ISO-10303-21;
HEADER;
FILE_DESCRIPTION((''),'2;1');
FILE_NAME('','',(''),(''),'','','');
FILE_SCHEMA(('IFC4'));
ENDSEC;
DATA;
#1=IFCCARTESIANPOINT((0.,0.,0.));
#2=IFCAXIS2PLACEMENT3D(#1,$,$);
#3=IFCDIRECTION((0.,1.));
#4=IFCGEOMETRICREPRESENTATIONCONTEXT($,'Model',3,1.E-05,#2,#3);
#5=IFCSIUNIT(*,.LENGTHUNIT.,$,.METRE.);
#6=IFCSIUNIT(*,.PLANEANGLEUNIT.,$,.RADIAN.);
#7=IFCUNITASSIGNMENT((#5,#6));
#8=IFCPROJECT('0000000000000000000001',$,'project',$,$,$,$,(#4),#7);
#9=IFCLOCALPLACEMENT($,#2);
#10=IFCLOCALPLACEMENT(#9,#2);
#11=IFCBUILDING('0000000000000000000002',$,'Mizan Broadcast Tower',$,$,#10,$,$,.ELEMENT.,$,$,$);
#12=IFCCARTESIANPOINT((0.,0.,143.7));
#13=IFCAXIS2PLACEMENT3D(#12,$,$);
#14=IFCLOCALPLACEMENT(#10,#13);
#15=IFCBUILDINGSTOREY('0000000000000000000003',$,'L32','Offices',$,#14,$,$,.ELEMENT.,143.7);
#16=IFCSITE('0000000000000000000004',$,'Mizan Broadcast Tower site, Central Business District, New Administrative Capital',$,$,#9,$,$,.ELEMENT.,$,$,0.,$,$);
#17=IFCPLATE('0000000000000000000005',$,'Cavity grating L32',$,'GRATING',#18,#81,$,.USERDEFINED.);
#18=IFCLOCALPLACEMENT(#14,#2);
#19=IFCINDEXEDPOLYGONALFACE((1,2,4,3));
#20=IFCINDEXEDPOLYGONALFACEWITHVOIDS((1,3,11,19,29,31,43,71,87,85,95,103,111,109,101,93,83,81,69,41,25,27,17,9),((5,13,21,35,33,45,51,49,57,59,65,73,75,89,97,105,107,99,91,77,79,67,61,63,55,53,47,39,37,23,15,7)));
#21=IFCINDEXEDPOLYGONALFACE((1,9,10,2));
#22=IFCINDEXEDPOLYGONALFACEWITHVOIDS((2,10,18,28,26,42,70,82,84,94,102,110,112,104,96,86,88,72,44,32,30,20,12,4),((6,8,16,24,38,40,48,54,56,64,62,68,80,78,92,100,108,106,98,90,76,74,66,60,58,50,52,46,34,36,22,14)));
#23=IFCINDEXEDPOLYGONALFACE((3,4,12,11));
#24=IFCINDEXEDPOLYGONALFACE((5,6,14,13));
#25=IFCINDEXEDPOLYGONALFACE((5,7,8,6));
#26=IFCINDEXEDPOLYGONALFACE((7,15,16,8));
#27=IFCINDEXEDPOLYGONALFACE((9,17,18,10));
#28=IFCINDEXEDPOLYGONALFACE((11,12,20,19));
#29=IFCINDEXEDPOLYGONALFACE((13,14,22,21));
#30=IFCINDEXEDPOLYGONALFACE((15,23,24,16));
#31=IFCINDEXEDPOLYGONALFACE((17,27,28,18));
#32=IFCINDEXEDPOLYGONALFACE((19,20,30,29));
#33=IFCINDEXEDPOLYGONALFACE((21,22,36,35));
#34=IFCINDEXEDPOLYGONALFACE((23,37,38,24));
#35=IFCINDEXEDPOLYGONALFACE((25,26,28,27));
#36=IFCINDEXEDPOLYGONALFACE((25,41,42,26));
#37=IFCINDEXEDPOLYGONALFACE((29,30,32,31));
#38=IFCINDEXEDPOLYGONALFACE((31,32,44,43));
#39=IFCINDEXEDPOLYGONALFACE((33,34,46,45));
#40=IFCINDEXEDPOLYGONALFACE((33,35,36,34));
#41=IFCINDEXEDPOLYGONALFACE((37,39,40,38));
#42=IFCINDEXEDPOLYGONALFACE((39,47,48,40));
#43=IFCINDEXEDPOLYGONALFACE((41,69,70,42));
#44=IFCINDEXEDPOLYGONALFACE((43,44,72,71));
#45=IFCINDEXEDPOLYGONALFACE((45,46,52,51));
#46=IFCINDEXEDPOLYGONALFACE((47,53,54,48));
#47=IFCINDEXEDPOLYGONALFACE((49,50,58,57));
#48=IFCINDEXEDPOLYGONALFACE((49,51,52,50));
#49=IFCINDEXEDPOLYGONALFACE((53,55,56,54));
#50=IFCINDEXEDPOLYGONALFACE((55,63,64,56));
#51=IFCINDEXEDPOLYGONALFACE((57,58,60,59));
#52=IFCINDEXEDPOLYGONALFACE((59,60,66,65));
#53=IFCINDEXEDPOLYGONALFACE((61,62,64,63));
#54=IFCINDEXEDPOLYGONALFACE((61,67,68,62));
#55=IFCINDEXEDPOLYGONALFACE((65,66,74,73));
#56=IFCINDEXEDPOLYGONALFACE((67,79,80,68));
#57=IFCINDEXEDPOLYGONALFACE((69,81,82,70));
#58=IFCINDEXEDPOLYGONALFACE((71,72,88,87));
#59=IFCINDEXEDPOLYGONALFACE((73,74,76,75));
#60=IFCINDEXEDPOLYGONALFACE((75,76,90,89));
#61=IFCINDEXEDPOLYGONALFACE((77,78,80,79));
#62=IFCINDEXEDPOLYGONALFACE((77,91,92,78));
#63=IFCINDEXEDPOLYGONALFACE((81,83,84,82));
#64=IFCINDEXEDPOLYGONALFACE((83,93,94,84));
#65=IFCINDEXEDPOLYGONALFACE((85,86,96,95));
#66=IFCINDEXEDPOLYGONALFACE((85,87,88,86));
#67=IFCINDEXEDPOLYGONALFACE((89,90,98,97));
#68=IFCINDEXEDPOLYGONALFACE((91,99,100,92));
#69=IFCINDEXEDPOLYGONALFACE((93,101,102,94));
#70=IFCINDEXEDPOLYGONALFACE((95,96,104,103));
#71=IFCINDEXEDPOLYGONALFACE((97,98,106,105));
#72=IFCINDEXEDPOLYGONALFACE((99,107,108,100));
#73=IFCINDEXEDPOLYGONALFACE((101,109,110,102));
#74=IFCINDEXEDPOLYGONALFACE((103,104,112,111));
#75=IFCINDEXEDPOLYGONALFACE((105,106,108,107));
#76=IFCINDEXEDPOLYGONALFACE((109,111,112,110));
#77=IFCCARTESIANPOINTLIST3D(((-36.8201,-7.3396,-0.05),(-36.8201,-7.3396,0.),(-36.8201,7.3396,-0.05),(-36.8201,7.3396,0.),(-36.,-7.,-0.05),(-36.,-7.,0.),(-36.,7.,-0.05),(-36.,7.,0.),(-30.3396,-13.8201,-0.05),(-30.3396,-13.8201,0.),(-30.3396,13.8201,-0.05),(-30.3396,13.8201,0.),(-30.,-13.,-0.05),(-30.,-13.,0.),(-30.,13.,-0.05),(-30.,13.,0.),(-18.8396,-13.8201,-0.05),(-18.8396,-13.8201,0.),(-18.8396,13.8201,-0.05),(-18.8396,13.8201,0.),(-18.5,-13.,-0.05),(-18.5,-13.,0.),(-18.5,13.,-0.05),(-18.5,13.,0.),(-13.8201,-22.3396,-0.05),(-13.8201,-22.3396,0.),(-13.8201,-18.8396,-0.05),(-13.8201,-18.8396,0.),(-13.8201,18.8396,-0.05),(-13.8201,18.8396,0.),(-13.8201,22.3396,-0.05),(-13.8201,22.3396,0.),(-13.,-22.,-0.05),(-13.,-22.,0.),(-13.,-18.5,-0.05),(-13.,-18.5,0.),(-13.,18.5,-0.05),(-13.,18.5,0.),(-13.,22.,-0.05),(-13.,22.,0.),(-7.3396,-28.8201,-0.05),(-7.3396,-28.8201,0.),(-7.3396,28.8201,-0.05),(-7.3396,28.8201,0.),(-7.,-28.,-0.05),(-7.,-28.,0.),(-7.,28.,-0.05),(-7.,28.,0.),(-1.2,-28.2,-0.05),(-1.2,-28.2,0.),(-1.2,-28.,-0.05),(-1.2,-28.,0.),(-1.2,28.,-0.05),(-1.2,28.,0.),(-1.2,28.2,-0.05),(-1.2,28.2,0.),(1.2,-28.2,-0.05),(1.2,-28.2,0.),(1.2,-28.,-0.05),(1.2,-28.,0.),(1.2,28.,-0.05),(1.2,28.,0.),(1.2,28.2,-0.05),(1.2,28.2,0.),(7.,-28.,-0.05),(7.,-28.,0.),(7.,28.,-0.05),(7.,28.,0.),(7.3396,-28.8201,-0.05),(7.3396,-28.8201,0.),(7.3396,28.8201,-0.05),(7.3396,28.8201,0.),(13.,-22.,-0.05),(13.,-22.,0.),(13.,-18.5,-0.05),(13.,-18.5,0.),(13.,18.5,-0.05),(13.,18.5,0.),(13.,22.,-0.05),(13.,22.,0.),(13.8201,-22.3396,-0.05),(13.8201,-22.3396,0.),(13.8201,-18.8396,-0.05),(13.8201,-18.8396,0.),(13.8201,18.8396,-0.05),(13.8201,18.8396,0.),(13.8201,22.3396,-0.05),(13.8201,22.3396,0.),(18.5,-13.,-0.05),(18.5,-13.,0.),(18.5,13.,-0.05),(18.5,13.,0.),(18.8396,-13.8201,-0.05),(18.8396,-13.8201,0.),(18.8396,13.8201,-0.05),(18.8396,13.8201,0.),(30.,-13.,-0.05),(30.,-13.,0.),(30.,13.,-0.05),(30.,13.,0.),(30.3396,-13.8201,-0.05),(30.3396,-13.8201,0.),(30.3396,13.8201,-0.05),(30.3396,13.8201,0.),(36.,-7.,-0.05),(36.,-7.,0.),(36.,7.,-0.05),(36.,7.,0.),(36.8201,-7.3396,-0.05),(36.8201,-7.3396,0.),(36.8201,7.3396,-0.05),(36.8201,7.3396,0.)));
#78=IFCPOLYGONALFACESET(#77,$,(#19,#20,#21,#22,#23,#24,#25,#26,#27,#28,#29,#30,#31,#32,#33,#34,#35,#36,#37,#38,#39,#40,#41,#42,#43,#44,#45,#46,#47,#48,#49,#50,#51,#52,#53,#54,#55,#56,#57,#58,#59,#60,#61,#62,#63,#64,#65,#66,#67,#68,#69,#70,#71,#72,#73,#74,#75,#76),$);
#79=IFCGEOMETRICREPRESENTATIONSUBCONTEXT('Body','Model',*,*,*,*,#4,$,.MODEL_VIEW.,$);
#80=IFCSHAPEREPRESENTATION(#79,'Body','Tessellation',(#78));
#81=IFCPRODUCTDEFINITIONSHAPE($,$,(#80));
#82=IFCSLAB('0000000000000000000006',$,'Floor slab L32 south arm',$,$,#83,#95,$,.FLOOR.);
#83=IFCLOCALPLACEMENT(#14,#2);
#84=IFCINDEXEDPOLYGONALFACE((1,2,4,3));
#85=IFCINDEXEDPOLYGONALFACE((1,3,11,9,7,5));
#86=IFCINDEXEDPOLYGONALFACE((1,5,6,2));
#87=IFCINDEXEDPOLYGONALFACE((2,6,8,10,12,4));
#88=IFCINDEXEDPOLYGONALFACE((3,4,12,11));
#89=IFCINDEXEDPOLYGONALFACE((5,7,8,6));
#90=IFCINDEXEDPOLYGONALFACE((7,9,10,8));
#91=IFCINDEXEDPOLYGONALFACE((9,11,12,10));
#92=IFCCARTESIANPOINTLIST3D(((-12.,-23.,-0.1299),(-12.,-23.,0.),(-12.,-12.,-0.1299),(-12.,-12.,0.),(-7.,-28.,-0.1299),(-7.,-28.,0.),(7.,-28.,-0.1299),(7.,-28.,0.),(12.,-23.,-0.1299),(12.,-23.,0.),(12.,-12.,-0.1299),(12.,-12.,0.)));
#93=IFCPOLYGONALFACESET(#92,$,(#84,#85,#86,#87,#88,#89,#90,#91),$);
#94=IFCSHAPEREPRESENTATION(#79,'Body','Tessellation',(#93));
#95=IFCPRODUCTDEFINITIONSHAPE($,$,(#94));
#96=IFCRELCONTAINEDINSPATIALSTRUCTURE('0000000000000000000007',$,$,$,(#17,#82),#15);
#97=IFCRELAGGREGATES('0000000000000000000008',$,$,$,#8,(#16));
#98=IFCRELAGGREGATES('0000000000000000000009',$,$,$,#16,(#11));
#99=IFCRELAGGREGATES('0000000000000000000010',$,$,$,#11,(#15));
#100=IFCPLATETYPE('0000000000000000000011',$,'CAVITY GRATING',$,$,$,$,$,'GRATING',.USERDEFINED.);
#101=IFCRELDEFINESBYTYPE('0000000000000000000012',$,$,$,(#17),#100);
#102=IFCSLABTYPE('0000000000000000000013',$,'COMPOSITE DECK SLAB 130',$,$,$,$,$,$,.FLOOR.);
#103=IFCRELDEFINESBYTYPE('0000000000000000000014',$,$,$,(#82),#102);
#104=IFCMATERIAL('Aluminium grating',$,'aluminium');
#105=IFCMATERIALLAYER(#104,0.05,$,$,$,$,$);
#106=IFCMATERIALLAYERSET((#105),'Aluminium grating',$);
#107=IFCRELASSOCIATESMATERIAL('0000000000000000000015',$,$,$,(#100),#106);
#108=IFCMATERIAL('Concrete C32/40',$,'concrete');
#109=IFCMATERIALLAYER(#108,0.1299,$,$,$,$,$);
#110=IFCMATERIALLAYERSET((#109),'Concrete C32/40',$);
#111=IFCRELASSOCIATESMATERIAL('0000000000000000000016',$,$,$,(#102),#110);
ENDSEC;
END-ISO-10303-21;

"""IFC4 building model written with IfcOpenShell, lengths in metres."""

from ifc_helpers import new_model, si_unit, direction, frame, origin, place, context, subcontext, project, spatial, polyline, outline, extrude, material, layer, layer_set, type_object, element, save


model = new_model("IFC4")

# Units and contexts
model_context = context("Model", 3, precision=1e-05, world=origin(), true_north=direction((0.0, 1.0)))
body_context = subcontext(model_context, "Body", "Model", "MODEL_VIEW")
ifc_project = project(units=[si_unit("LENGTHUNIT", "METRE"), si_unit("PLANEANGLEUNIT", "RADIAN")], contexts=[model_context])

# Site, building, storey
site_placement = place(None, origin())
site = spatial("IfcSite", under=ifc_project, at=site_placement, Name="Mizan Broadcast Tower site, Central Business District, New Administrative Capital", CompositionType="ELEMENT", RefElevation=0.0)
building_placement = place(site_placement, origin())
building = spatial("IfcBuilding", under=site, at=building_placement, Name="Mizan Broadcast Tower", CompositionType="ELEMENT")
storey_placement = place(building_placement, frame((0.0, 0.0, 143.7)))
storey = spatial("IfcBuildingStorey", under=building, at=storey_placement, Name="L32", Description="Offices", CompositionType="ELEMENT", Elevation=143.7)

# Plate
ifc_material_1 = material(Name="Aluminium grating", Category="aluminium")
ifc_layer_1 = layer(ifc_material_1, 0.05)
ifc_layer_set_1 = layer_set([ifc_layer_1], Name="Aluminium grating")
plate_type = type_object("IfcPlateType", Name="CAVITY GRATING", ElementType="GRATING", PredefinedType="USERDEFINED", material=ifc_layer_set_1)
plate_placement = place(storey_placement, frame((0.0, 0.0, -0.05)))
element("IfcPlate", 1, at=plate_placement, inside=storey, type_object=plate_type, Name="Cavity grating L32", ObjectType="GRATING", PredefinedType="USERDEFINED", context=body_context, shape_type="SweptSolid", body=[
    extrude(outline(polyline([(13.8201, -18.8396), (18.8396, -13.8201), (30.3396, -13.8201), (36.8201, -7.3396), (36.8201, 7.3396), (30.3396, 13.8201), (18.8396, 13.8201), (13.8201, 18.8396), (13.8201, 22.3396), (7.3396, 28.8201), (-7.3396, 28.8201), (-13.8201, 22.3396), (-13.8201, 18.8396), (-18.8396, 13.8201), (-30.3396, 13.8201), (-36.8201, 7.3396), (-36.8201, -7.3396), (-30.3396, -13.8201), (-18.8396, -13.8201), (-13.8201, -18.8396), (-13.8201, -22.3396), (-7.3396, -28.8201), (7.3396, -28.8201), (13.8201, -22.3396), (13.8201, -18.8396)]), holes=[polyline([(36.0, 7.0), (36.0, -7.0), (30.0, -13.0), (18.5, -13.0), (13.0, -18.5), (13.0, -22.0), (7.0, -28.0), (1.2, -28.0), (1.2, -28.2), (-1.2, -28.2), (-1.2, -28.0), (-7.0, -28.0), (-13.0, -22.0), (-13.0, -18.5), (-18.5, -13.0), (-30.0, -13.0), (-36.0, -7.0), (-36.0, 7.0), (-30.0, 13.0), (-18.5, 13.0), (-13.0, 18.5), (-13.0, 22.0), (-7.0, 28.0), (-1.2, 28.0), (-1.2, 28.2), (1.2, 28.2), (1.2, 28.0), (7.0, 28.0), (13.0, 22.0), (13.0, 18.5), (18.5, 13.0), (30.0, 13.0), (36.0, 7.0)])]), origin(), (0.0, 0.0, 1.0), 0.05),
])

# Slab
ifc_material_2 = material(Name="Concrete C32/40", Category="concrete")
ifc_layer_2 = layer(ifc_material_2, 0.1299)
ifc_layer_set_2 = layer_set([ifc_layer_2], Name="Concrete C32/40")
slab_type_1 = type_object("IfcSlabType", Name="COMPOSITE DECK SLAB 130", PredefinedType="FLOOR", material=ifc_layer_set_2)
slab_1_placement = place(storey_placement, frame((0.0, 0.0, -0.1299)))
element("IfcSlab", 2, at=slab_1_placement, inside=storey, type_object=slab_type_1, Name="Floor slab L32 south arm", PredefinedType="FLOOR", context=body_context, shape_type="SweptSolid", body=[
    extrude(outline(polyline([(7.0, -28.0), (12.0, -23.0), (12.0, -12.0), (-12.0, -12.0), (-12.0, -23.0), (-7.0, -28.0), (7.0, -28.0)])), origin(), (0.0, 0.0, 1.0), 0.1299),
])

save(model, "model.ifc")
